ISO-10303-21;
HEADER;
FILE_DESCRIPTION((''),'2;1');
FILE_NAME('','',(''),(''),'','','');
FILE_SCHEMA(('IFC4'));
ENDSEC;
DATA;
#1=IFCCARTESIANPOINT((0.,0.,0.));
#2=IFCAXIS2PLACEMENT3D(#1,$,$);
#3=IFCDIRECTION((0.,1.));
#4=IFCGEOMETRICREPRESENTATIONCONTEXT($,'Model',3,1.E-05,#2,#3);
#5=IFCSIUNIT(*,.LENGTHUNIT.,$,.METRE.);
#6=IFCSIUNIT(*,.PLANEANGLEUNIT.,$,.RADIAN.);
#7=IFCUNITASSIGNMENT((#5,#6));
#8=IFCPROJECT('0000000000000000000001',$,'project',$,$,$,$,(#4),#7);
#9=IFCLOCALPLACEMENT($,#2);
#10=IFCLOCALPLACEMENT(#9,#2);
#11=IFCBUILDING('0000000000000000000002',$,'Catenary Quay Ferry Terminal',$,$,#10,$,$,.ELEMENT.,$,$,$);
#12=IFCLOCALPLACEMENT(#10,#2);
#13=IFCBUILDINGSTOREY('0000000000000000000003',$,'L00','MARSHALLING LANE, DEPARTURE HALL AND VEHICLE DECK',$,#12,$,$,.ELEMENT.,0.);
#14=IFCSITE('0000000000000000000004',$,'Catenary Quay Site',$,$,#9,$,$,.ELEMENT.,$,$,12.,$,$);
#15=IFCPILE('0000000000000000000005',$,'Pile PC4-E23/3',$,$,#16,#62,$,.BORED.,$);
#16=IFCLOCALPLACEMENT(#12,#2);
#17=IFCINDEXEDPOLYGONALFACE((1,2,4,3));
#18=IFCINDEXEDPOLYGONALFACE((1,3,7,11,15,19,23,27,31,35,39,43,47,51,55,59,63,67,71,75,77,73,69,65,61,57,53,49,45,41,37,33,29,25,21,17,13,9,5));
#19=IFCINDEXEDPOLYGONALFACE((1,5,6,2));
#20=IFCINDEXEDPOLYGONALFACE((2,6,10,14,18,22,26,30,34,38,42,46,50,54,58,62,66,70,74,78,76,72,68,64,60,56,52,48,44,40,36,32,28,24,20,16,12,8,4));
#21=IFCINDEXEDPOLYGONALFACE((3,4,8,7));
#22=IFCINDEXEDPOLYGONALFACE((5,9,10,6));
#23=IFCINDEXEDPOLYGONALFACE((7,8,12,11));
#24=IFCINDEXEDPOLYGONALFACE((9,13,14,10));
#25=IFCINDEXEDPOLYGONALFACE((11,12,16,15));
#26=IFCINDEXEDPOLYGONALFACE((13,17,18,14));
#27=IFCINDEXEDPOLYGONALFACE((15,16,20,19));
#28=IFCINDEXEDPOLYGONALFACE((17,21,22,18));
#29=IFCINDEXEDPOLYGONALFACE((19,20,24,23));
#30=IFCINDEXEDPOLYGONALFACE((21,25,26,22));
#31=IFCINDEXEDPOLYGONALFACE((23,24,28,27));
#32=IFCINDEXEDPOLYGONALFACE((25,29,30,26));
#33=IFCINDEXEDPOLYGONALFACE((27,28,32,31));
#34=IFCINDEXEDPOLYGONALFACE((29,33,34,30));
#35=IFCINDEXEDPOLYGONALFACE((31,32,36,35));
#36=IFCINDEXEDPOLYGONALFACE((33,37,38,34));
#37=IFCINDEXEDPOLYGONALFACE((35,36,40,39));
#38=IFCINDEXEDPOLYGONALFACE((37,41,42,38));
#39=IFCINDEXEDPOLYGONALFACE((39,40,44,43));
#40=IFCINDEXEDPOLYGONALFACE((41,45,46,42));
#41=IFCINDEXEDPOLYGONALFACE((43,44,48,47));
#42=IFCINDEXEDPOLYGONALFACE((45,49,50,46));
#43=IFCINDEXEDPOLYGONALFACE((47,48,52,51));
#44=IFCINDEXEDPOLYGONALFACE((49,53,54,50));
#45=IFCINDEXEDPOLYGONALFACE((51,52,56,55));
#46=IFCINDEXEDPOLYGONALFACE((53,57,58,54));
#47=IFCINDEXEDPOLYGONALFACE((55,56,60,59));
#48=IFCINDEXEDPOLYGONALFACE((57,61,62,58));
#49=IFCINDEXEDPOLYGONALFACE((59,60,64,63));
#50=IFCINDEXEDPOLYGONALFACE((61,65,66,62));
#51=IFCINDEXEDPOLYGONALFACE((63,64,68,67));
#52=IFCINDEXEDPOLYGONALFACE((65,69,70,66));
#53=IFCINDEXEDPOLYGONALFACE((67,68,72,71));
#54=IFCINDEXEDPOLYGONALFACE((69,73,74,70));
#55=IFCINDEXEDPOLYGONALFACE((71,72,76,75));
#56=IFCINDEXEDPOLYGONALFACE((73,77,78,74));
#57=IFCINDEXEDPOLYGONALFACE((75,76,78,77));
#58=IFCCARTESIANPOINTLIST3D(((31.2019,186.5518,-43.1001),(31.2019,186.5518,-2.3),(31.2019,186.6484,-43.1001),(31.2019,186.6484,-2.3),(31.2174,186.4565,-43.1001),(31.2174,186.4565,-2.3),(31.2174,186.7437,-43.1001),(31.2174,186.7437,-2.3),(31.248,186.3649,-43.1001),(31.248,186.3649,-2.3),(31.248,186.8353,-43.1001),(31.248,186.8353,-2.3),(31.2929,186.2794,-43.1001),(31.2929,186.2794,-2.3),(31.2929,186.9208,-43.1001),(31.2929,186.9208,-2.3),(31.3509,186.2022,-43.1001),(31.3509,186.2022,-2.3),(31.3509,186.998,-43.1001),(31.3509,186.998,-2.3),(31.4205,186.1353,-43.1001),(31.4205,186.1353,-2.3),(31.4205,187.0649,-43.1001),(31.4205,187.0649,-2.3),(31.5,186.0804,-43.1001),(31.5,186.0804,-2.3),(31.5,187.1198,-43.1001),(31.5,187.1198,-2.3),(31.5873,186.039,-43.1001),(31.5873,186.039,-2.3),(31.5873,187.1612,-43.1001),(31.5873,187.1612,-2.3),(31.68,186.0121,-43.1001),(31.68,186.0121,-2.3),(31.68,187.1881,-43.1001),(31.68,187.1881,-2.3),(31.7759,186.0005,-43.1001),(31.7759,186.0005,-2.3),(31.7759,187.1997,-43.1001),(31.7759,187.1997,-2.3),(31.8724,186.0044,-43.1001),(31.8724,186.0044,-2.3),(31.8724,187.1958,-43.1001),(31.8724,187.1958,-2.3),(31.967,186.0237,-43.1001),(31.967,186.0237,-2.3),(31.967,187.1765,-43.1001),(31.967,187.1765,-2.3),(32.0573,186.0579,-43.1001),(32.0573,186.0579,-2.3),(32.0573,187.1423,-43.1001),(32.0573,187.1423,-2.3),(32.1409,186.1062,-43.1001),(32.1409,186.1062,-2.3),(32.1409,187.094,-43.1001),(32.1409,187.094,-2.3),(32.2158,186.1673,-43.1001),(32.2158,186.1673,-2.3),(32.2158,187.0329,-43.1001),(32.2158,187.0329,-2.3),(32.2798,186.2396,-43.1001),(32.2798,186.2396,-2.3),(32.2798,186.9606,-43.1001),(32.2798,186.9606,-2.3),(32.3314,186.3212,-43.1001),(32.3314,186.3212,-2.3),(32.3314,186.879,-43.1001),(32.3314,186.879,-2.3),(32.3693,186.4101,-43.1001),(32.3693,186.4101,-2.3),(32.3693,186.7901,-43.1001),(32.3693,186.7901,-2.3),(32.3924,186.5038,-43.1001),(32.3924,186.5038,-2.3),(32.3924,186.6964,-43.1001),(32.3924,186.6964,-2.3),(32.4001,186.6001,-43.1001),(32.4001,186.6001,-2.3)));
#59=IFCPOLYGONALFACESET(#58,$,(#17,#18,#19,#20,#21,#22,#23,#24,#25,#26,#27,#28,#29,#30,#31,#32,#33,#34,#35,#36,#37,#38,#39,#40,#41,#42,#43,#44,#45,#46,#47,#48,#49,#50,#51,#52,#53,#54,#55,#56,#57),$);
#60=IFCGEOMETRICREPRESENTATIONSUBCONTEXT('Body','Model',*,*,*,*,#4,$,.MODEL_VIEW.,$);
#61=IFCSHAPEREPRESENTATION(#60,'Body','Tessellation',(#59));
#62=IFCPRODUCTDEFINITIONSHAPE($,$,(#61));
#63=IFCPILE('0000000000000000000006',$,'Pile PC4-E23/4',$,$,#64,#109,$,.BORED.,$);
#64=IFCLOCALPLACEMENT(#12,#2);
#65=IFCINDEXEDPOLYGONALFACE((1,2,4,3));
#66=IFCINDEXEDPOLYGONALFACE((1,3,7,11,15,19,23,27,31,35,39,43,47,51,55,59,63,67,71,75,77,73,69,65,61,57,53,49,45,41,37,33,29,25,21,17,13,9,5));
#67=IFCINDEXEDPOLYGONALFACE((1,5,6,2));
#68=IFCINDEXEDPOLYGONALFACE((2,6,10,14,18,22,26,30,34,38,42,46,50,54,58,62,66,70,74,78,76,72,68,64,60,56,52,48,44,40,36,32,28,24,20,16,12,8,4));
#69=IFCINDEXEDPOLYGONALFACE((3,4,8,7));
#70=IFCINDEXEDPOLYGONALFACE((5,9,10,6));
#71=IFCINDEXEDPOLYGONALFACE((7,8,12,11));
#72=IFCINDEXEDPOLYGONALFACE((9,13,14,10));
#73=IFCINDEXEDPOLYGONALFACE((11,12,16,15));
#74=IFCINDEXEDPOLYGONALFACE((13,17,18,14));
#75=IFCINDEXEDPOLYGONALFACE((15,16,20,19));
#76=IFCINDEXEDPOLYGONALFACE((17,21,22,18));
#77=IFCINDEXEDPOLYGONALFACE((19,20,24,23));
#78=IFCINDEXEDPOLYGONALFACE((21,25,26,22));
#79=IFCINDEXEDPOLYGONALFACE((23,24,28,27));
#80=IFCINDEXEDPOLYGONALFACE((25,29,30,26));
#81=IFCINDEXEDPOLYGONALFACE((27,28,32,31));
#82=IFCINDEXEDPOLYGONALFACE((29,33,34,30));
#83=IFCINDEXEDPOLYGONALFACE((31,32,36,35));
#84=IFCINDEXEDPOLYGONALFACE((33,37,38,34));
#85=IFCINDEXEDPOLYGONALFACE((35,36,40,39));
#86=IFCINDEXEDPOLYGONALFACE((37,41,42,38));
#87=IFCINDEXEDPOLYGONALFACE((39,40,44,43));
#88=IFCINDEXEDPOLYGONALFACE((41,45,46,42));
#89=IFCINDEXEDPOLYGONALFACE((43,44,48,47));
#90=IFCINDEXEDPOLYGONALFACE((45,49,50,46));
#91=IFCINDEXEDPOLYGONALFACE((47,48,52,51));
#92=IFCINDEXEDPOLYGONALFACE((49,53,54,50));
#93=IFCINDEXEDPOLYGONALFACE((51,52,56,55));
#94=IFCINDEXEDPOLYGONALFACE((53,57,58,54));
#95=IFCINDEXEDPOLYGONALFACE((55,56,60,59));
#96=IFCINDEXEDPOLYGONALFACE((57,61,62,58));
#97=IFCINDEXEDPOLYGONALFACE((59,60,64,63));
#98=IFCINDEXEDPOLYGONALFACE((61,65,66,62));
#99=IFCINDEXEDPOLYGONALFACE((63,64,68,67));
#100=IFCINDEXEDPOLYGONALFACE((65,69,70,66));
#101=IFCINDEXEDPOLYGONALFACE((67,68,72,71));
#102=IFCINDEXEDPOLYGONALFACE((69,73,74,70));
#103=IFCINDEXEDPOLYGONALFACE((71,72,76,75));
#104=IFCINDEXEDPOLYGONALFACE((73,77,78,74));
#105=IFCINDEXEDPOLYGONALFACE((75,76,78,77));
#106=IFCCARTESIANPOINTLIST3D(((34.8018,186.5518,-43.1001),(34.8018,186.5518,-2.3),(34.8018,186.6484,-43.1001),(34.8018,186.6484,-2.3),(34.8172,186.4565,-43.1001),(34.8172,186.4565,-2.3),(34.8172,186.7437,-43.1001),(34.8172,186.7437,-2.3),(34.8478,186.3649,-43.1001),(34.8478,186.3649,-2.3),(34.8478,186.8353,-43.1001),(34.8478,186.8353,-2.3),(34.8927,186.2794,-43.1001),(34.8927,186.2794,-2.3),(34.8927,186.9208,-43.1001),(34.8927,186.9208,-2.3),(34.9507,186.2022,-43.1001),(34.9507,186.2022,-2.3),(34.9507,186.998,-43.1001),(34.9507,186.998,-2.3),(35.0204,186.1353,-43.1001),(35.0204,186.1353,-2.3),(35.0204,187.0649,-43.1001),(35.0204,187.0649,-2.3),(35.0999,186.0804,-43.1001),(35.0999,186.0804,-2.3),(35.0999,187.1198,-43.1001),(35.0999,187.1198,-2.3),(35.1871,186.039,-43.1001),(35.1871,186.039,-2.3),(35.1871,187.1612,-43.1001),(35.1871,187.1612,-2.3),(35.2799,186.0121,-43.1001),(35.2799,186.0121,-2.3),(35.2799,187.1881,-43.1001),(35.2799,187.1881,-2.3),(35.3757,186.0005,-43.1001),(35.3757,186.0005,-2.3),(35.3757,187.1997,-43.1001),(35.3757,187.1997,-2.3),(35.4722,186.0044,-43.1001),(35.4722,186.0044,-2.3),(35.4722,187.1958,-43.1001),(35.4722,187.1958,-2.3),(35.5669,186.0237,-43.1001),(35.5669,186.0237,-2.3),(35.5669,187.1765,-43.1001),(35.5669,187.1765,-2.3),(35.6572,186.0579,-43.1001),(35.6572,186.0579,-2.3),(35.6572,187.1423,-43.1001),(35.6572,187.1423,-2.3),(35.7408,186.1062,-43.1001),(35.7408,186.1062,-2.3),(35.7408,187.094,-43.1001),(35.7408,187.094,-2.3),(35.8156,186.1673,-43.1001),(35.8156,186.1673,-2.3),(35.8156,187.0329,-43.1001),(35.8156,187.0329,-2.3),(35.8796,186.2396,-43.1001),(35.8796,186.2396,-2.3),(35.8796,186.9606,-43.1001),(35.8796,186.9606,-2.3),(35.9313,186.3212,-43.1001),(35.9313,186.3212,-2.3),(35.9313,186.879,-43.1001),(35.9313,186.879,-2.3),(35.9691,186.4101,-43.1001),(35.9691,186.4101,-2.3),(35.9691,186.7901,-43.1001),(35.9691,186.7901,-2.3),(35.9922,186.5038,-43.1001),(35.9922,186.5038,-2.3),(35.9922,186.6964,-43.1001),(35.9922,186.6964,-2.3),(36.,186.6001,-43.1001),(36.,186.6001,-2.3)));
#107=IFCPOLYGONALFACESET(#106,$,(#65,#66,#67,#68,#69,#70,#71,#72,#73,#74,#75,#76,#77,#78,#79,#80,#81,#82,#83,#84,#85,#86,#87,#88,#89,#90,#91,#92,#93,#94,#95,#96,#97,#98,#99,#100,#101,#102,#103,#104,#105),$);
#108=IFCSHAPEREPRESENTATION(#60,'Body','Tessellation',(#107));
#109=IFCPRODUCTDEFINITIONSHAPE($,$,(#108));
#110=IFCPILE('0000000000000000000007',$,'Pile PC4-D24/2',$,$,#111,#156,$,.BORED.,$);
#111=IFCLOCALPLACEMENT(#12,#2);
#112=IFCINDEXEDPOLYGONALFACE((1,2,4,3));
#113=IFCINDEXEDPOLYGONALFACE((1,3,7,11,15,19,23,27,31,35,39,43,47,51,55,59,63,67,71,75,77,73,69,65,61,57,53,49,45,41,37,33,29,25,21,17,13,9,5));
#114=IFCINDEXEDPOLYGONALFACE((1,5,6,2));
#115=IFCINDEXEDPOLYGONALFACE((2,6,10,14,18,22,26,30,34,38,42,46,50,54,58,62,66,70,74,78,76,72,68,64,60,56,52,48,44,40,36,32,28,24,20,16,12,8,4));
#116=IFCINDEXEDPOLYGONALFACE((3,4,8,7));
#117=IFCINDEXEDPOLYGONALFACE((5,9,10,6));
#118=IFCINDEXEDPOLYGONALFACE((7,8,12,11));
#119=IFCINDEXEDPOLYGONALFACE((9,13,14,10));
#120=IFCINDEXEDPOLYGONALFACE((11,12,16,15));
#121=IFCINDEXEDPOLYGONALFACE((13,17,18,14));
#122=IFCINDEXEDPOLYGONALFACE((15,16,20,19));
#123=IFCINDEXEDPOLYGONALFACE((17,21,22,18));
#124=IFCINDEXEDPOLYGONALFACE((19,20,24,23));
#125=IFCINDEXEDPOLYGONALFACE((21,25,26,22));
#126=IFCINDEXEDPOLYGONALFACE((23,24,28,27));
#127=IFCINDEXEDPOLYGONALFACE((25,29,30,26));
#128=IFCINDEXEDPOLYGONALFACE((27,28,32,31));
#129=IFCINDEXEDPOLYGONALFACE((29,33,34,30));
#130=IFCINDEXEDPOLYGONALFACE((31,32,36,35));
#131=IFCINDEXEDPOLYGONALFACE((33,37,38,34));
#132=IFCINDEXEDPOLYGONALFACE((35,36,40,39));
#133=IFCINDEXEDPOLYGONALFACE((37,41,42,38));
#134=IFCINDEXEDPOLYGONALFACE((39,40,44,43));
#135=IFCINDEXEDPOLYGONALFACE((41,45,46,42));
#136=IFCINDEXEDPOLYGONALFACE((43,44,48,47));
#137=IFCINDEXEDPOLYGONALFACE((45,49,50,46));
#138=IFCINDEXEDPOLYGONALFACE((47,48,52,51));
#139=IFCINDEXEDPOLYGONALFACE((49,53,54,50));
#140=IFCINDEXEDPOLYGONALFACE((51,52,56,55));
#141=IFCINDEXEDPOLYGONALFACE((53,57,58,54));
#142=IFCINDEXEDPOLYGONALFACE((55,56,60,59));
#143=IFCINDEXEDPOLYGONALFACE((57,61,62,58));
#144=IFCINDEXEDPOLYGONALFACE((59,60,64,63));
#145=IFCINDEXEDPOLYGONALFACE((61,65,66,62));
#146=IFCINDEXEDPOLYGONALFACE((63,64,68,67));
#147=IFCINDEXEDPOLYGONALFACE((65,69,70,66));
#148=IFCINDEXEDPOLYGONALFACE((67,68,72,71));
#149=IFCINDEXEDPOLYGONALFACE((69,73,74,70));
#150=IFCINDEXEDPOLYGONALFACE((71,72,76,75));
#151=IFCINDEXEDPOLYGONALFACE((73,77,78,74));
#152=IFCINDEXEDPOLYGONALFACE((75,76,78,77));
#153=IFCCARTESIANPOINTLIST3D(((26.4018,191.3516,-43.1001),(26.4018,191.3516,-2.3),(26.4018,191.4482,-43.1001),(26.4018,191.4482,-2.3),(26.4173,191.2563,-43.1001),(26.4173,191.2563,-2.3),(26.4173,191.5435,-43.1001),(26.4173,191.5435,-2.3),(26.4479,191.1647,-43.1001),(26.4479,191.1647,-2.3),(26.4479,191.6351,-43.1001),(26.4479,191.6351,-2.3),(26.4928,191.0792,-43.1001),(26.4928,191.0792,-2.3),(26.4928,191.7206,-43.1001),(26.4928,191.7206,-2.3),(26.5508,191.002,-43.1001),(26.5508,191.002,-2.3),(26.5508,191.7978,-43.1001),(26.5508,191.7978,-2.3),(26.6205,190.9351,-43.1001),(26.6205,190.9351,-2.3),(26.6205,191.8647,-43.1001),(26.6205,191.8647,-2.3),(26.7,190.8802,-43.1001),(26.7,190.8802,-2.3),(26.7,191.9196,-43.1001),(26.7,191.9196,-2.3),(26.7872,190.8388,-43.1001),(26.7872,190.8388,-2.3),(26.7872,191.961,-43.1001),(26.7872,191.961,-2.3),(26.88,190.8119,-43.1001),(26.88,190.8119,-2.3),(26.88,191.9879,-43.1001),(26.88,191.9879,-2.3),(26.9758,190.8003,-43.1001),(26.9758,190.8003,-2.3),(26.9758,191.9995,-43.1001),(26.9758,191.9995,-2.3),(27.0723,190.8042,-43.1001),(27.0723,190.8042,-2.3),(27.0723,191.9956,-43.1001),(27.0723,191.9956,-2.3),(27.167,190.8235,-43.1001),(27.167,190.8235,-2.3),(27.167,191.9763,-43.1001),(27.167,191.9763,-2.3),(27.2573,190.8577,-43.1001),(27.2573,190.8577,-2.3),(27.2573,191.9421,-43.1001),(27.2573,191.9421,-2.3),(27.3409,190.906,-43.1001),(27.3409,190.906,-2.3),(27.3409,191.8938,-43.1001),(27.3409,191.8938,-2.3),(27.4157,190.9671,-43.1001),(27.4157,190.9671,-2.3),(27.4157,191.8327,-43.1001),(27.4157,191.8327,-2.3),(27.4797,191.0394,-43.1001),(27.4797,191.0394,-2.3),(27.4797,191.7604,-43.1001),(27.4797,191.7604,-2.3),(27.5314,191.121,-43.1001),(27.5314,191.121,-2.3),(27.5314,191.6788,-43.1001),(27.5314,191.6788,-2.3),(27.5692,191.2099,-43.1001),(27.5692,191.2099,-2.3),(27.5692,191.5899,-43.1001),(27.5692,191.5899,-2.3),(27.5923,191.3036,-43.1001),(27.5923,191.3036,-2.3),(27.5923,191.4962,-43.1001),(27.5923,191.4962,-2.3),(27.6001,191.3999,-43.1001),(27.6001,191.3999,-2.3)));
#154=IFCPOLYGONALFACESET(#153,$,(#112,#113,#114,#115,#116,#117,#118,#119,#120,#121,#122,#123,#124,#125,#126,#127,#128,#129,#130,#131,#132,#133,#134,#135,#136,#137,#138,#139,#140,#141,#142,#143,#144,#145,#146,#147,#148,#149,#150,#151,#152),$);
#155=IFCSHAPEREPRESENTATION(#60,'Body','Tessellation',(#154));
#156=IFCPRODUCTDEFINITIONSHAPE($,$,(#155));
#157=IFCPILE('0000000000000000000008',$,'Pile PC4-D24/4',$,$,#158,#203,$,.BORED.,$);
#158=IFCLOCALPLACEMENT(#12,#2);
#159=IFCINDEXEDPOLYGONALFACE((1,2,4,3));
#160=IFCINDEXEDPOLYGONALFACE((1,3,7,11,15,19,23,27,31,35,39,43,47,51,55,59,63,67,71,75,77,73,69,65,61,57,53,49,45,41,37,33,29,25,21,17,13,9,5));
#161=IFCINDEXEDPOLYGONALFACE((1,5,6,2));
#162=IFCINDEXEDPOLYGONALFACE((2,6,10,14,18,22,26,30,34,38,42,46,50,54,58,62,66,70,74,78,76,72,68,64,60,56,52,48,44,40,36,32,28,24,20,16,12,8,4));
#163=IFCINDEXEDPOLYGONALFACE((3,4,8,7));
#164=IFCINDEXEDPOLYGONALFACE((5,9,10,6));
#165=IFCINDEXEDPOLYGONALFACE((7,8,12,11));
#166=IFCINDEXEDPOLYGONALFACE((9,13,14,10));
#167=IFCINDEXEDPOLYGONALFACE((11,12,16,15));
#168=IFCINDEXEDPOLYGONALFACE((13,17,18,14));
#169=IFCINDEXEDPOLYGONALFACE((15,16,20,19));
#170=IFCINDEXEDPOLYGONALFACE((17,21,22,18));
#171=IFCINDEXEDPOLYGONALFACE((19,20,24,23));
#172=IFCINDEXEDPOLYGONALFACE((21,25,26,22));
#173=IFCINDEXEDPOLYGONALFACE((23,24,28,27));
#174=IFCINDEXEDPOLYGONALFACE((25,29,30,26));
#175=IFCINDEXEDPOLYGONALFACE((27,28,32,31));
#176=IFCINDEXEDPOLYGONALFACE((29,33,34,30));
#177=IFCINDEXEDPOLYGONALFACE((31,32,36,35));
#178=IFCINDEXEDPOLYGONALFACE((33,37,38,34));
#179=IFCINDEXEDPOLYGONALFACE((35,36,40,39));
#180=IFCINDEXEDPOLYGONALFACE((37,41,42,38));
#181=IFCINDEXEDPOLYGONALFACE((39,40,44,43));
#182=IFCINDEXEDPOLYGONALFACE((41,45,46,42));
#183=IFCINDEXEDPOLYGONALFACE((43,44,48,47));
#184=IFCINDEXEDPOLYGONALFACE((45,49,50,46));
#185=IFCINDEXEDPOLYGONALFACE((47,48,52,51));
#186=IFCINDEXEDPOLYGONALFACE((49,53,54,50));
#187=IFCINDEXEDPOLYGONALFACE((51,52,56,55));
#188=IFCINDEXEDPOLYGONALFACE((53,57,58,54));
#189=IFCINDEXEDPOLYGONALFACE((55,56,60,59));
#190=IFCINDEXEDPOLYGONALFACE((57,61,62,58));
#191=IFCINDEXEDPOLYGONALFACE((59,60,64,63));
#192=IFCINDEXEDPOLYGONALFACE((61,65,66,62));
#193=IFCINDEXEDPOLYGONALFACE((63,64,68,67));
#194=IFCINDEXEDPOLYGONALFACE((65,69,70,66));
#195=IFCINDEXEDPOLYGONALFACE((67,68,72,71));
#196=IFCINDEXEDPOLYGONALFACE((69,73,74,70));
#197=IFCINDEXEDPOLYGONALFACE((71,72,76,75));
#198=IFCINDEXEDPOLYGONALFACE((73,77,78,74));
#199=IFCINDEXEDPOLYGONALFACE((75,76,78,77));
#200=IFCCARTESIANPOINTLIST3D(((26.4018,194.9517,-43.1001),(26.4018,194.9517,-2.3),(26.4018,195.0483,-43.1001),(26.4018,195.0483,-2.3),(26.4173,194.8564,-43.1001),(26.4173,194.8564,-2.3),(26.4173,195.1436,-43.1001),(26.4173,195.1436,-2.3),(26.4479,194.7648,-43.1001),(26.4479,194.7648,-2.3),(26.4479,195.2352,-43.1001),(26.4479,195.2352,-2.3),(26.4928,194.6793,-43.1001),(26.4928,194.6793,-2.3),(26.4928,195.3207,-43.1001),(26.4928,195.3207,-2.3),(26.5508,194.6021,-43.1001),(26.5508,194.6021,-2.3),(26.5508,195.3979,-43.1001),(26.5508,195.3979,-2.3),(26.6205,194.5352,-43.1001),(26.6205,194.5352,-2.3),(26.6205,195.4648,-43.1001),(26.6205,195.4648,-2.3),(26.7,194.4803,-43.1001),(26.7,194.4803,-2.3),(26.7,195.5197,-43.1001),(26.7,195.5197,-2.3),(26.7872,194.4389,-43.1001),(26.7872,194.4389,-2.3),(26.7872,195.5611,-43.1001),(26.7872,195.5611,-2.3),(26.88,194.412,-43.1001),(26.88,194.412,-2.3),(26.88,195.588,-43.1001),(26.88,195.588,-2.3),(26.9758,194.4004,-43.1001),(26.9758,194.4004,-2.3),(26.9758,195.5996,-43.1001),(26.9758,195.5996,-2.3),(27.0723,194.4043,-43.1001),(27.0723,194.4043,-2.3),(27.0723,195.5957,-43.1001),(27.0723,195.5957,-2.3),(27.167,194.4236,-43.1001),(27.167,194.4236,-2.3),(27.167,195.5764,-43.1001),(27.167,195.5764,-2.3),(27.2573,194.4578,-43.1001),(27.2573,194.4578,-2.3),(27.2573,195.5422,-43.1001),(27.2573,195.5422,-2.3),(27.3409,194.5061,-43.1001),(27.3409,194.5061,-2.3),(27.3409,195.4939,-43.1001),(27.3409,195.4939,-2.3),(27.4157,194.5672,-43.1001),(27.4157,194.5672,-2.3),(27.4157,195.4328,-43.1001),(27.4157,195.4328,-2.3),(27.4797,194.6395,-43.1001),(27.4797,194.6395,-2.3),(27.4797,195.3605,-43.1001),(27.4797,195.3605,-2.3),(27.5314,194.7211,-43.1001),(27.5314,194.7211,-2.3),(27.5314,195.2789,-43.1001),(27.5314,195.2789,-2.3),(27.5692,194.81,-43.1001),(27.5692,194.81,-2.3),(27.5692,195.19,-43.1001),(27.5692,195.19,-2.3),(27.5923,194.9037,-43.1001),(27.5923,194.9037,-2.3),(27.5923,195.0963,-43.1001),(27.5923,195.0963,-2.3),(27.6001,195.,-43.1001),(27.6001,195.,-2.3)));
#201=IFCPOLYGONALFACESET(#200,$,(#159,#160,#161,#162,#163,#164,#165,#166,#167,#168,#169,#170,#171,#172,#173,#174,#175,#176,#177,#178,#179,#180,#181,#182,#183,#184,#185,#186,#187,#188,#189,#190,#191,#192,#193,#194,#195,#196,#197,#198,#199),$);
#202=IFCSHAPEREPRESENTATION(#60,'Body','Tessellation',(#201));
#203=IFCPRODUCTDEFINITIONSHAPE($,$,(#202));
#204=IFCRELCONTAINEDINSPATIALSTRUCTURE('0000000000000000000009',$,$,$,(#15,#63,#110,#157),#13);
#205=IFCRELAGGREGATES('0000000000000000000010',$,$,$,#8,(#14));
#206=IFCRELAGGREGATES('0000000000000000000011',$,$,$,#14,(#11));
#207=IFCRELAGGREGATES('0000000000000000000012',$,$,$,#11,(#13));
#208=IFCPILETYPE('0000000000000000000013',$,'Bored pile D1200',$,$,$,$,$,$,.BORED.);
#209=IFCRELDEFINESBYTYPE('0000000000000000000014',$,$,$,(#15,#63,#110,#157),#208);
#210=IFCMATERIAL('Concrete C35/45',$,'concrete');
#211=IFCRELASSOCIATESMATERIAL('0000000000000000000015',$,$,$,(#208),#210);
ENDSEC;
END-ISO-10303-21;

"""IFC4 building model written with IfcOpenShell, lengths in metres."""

from ifc_helpers import new_model, si_unit, direction, frame, origin, origin_2d, place, context, subcontext, project, spatial, circle, extrude, material, material_profile, profile_set, type_object, element, save


model = new_model("IFC4")

# Units and contexts
model_context = context("Model", 3, precision=1e-05, world=origin(), true_north=direction((0.0, 1.0)))
body_context = subcontext(model_context, "Body", "Model", "MODEL_VIEW")
ifc_project = project(units=[si_unit("LENGTHUNIT", "METRE"), si_unit("PLANEANGLEUNIT", "RADIAN")], contexts=[model_context])

# Site, building, storey
site_placement = place(None, origin())
site = spatial("IfcSite", under=ifc_project, at=site_placement, Name="Catenary Quay Site", CompositionType="ELEMENT", RefElevation=12.0)
building_placement = place(site_placement, origin())
building = spatial("IfcBuilding", under=site, at=building_placement, Name="Catenary Quay Ferry Terminal", CompositionType="ELEMENT")
storey_placement = place(building_placement, origin())
storey = spatial("IfcBuildingStorey", under=building, at=storey_placement, Name="L00", Description="MARSHALLING LANE, DEPARTURE HALL AND VEHICLE DECK", CompositionType="ELEMENT", Elevation=0.0)

# Piles
ifc_material_1 = material(Name="Concrete C35/45", Category="concrete")
ifc_material_profile_1 = material_profile(ifc_material_1, circle(Radius=0.6001, at=origin_2d()), Name="D1200")
ifc_profile_set_1 = profile_set([ifc_material_profile_1], Name="Concrete C35/45")
pile_type = type_object("IfcPileType", Name="Bored pile D1200", PredefinedType="BORED", material=ifc_profile_set_1)
for number, where, z_axis, x_axis, name in (
    (1, (31.8, 186.6001, -2.3), (0.0, 0.0, -1.0), (1.0, 0.0, 0.0), "Pile PC4-E23/3"),
    (2, (35.3999, 186.6001, -2.3), (0.0, 0.0, -1.0), (1.0, 0.0, 0.0), "Pile PC4-E23/4"),
    (3, (27.0, 191.3999, -2.3), (0.0, 0.0, -1.0), (1.0, 0.0, 0.0), "Pile PC4-D24/2"),
    (4, (27.0, 195.0, -2.3), (0.0, 0.0, -1.0), (1.0, 0.0, 0.0), "Pile PC4-D24/4"),
):
    element("IfcPile", number, at=place(storey_placement, frame(where, z_axis=z_axis, x_axis=x_axis)), inside=storey, type_object=pile_type, Name=name, PredefinedType="BORED", context=body_context, shape_type="SweptSolid", body=[
        extrude(circle(Radius=0.6001, at=origin_2d()), origin(), (0.0, 0.0, 1.0), 40.8),
    ])

save(model, "model.ifc")
